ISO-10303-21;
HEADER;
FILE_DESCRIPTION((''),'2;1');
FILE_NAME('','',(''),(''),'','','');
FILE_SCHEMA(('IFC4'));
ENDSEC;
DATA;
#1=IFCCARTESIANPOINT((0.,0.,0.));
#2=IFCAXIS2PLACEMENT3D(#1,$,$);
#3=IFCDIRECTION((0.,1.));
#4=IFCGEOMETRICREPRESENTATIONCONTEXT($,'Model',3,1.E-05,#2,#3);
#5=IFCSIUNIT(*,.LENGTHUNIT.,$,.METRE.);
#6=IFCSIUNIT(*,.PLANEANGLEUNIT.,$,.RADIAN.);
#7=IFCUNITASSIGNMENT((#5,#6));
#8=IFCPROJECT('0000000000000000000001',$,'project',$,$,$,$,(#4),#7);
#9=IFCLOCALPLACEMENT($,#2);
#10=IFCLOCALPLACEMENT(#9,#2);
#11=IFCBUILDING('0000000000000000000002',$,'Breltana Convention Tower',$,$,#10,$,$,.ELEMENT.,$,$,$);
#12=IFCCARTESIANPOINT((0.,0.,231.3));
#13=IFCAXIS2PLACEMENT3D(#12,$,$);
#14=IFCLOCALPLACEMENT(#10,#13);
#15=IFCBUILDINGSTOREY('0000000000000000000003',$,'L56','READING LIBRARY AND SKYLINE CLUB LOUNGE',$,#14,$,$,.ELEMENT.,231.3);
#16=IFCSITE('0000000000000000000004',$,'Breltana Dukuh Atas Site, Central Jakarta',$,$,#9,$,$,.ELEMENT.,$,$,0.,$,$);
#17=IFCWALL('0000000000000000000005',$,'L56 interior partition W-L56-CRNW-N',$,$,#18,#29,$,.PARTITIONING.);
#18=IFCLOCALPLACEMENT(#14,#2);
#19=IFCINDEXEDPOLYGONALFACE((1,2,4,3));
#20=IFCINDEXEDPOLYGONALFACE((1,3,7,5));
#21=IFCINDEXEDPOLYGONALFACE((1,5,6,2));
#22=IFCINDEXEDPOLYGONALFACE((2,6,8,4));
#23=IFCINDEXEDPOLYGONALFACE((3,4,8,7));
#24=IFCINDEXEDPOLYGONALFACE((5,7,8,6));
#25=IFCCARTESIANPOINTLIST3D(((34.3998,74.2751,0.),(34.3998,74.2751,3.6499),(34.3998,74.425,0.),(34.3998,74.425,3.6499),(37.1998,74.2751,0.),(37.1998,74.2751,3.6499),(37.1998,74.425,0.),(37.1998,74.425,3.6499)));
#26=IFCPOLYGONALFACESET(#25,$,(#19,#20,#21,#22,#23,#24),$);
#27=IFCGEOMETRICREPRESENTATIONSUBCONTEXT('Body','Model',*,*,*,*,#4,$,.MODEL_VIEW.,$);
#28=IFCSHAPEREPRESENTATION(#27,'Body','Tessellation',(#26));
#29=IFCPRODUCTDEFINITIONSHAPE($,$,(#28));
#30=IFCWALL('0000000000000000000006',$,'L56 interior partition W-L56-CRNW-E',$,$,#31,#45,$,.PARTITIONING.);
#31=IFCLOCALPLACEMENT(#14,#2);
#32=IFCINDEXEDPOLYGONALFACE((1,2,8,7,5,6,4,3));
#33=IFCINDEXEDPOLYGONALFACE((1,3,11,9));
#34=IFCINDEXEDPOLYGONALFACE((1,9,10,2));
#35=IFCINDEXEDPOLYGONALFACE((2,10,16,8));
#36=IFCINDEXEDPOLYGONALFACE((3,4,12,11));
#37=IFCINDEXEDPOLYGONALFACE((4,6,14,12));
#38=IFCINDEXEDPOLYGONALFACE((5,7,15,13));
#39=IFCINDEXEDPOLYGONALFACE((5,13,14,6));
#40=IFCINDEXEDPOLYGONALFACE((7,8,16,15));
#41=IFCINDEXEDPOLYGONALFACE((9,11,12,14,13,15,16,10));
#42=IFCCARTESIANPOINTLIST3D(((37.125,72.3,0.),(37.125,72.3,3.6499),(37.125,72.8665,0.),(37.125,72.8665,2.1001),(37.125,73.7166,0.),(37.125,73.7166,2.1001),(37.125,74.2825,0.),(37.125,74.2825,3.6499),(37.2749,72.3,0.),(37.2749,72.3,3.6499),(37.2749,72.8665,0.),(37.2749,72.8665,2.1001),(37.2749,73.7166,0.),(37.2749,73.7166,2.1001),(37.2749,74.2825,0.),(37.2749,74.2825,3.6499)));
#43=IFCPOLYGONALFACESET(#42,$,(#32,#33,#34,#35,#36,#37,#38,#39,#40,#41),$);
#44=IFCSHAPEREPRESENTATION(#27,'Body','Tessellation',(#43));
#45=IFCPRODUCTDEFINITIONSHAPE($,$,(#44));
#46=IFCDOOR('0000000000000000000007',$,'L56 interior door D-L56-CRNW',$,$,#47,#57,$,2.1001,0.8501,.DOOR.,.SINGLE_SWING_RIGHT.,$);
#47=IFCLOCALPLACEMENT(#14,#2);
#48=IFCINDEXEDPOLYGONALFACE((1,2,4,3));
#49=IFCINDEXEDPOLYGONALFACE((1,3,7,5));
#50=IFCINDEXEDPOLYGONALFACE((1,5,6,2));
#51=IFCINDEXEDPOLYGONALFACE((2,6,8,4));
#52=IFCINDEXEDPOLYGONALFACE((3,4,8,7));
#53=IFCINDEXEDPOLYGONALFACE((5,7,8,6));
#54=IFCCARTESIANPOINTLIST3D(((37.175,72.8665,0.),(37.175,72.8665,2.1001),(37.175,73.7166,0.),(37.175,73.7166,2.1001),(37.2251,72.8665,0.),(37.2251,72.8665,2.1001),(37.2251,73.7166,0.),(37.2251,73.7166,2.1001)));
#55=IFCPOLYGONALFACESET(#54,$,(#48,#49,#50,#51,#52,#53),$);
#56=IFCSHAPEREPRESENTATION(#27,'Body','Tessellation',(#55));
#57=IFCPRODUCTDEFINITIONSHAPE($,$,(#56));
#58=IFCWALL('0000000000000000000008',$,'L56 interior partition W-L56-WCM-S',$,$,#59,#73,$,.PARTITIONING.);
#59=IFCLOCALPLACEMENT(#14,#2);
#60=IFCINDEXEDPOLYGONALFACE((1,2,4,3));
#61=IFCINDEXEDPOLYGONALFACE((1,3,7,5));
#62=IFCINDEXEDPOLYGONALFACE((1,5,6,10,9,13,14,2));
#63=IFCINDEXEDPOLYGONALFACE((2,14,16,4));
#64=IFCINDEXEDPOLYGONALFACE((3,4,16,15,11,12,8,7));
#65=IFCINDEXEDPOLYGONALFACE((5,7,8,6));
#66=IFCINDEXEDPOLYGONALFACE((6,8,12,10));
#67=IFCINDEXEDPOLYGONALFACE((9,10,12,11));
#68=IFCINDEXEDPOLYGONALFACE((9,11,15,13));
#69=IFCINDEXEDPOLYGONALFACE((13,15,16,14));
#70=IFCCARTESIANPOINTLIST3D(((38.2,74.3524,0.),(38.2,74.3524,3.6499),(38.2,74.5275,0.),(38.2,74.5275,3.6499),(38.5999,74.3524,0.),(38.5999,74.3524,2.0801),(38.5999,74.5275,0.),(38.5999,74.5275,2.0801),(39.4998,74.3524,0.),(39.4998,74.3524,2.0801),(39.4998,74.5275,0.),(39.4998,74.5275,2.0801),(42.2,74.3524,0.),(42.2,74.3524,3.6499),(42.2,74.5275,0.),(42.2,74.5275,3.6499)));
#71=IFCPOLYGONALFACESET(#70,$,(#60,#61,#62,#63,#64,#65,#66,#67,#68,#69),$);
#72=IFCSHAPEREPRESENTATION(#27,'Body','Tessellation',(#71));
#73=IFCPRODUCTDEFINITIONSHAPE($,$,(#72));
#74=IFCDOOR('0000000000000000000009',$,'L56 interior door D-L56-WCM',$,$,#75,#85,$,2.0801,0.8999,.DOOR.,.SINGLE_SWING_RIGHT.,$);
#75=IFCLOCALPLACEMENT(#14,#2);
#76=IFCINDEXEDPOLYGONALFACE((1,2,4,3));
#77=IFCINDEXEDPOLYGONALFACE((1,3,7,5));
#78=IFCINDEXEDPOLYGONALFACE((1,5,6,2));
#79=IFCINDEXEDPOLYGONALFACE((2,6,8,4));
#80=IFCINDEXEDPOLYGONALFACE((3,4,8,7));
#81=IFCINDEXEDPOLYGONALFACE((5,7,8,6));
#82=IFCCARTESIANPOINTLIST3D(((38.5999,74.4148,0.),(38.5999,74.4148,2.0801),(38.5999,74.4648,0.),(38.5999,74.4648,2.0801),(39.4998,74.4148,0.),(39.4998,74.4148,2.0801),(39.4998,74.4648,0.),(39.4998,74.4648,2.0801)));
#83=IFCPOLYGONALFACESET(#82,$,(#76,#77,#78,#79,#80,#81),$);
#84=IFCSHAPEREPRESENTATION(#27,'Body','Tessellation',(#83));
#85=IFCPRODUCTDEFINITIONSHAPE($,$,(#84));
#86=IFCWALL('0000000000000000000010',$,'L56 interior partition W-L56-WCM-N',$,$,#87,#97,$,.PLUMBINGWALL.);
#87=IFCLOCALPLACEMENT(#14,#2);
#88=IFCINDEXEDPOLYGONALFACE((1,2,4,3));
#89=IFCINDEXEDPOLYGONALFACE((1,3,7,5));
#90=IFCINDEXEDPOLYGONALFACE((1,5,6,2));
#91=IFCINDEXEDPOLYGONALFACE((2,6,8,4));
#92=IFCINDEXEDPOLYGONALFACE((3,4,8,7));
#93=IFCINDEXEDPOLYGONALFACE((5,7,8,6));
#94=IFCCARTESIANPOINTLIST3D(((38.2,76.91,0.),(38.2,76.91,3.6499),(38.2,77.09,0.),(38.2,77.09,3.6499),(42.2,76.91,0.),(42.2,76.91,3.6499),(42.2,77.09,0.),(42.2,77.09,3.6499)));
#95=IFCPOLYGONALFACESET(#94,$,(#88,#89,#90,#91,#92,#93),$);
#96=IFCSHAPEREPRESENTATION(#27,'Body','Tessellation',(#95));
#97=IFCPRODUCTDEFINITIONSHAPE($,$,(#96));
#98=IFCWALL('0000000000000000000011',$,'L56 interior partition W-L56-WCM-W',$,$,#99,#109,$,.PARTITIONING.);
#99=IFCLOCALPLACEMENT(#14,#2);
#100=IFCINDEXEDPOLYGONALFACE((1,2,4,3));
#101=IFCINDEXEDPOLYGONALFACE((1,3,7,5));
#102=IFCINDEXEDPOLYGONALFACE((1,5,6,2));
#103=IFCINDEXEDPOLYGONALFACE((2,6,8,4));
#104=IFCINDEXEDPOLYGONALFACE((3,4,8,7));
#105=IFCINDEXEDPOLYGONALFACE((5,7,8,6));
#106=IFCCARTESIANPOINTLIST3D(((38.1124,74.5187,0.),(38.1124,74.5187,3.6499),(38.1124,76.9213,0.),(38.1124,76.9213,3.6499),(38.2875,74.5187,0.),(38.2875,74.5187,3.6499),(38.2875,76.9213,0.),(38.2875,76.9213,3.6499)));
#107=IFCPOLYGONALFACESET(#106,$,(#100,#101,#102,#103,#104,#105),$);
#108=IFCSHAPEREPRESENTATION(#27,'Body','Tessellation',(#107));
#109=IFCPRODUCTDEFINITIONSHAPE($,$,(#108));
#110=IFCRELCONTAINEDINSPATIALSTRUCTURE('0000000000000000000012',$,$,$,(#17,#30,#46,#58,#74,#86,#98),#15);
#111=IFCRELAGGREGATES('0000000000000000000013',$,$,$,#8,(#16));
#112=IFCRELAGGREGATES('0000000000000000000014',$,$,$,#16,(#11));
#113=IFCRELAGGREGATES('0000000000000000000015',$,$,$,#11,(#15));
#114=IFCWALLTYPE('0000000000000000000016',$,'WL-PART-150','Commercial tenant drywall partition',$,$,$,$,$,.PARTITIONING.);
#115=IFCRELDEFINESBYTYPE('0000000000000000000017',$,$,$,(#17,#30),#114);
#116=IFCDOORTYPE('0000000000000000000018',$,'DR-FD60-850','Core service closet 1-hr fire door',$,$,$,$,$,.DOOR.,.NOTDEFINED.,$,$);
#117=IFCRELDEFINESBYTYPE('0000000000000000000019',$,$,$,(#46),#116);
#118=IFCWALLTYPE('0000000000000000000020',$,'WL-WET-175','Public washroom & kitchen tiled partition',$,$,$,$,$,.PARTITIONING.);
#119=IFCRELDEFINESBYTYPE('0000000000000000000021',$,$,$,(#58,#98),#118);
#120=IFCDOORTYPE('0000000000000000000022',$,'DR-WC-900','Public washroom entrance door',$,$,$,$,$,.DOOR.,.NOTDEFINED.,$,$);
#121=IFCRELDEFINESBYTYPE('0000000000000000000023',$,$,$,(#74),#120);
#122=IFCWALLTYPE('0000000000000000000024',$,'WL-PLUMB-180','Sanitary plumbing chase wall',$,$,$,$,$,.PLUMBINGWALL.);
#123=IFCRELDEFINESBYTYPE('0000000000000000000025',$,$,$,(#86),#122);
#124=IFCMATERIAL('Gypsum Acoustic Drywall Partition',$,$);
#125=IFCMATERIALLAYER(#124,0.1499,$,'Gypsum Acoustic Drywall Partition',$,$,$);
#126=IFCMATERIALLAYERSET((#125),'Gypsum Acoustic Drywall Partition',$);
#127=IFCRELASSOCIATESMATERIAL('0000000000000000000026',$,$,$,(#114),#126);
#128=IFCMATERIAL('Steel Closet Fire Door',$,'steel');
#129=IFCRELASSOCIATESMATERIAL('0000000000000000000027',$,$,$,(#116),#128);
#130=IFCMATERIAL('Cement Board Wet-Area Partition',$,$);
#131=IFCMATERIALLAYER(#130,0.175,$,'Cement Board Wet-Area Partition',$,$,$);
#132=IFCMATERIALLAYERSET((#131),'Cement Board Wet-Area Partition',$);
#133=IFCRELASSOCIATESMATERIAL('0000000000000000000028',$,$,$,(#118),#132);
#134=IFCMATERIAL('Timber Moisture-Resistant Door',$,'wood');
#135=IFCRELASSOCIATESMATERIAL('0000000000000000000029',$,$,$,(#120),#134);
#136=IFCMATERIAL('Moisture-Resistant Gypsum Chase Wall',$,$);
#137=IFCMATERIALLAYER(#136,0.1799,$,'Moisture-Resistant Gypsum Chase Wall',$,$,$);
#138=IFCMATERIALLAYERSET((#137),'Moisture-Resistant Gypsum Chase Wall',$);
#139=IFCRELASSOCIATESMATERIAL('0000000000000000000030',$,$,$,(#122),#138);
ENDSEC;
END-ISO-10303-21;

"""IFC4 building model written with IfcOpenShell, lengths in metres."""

from ifc_helpers import new_model, si_unit, direction, frame, frame_2d, origin, place, context, subcontext, project, spatial, rectangle, extrude, source, transform, mapped, material, layer, layer_set, type_object, type_shapes, element, fill, save


model = new_model("IFC4")

# Units and contexts
model_context = context("Model", 3, precision=1e-05, world=origin(), true_north=direction((0.0, 1.0)))
body_context = subcontext(model_context, "Body", "Model", "MODEL_VIEW")
ifc_project = project(units=[si_unit("LENGTHUNIT", "METRE"), si_unit("PLANEANGLEUNIT", "RADIAN")], contexts=[model_context])

# Site, building, storey
site_placement = place(None, origin())
site = spatial("IfcSite", under=ifc_project, at=site_placement, Name="Breltana Dukuh Atas Site, Central Jakarta", CompositionType="ELEMENT", RefElevation=0.0)
building_placement = place(site_placement, origin())
building = spatial("IfcBuilding", under=site, at=building_placement, Name="Breltana Convention Tower", CompositionType="ELEMENT")
storey_placement = place(building_placement, frame((0.0, 0.0, 231.3)))
storey = spatial("IfcBuildingStorey", under=building, at=storey_placement, Name="L56", Description="READING LIBRARY AND SKYLINE CLUB LOUNGE", CompositionType="ELEMENT", Elevation=231.3)

# Wall
ifc_material_1 = material(Name="Gypsum Acoustic Drywall Partition")
ifc_layer_1 = layer(ifc_material_1, 0.1499, Name="Gypsum Acoustic Drywall Partition")
ifc_layer_set_1 = layer_set([ifc_layer_1], Name="Gypsum Acoustic Drywall Partition")
wall_type_1 = type_object("IfcWallType", Name="WL-PART-150", Description="Commercial tenant drywall partition", PredefinedType="PARTITIONING", material=ifc_layer_set_1)
shared_shape_1 = source(origin(), body_context, "Body", "SweptSolid", [
    extrude(rectangle(XDim=2.8, YDim=0.1499, at=frame_2d((1.3999, 0.0))), origin(), (0.0, 0.0, 1.0), 3.6499),
])
wall_1_placement = place(storey_placement, frame((34.3999, 74.3501, 0.0), z_axis=(0.0, 0.0, 1.0), x_axis=(1.0, 0.0, 0.0)))
element("IfcWall", 1, at=wall_1_placement, inside=storey, type_object=wall_type_1, Name="L56 interior partition W-L56-CRNW-N", PredefinedType="PARTITIONING", context=body_context, shape_type="MappedRepresentation", body=[
    mapped(shared_shape_1, transform((0.0, 0.0, 0.0), scale=1.0)),
])

# Walls, openings, doors
shared_shape_2 = source(origin(), body_context, "Body", "SweptSolid", [
    extrude(rectangle(XDim=1.9824, YDim=0.1499, at=frame_2d((0.9912, 0.0))), origin(), (0.0, 0.0, 1.0), 3.6499),
])
wall_2_placement = place(storey_placement, frame((37.2, 72.3, 0.0), z_axis=(0.0, 0.0, 1.0), x_axis=(0.0, 1.0, 0.0)))
wall_2 = element("IfcWall", 2, at=wall_2_placement, inside=storey, type_object=wall_type_1, Name="L56 interior partition W-L56-CRNW-E", PredefinedType="PARTITIONING", context=body_context, shape_type="MappedRepresentation", body=[
    mapped(shared_shape_2, transform((0.0, 0.0, 0.0), scale=1.0)),
])
opening_1_placement = place(wall_2_placement, frame((0.5664, 0.0, 0.0)))
opening_1 = element("IfcOpeningElement", 3, at=opening_1_placement, cuts=wall_2, PredefinedType="OPENING", context=body_context, shape_type="SweptSolid", body=[
    extrude(rectangle(XDim=0.8501, YDim=2.1001, at=frame_2d((0.425, 1.05))), frame((0.0, 0.085, 0.0), z_axis=(0.0, -1.0, 0.0), x_axis=(1.0, 0.0, 0.0)), (0.0, 0.0, 1.0), 0.1699),
])
ifc_material_2 = material(Name="Steel Closet Fire Door", Category="steel")
door_type_1 = type_object("IfcDoorType", Name="DR-FD60-850", Description="Core service closet 1-hr fire door", OperationType="NOTDEFINED", PredefinedType="DOOR", material=ifc_material_2)
shared_shape_3 = source(origin(), body_context, "Body", "SweptSolid", [
    extrude(rectangle(XDim=0.8501, YDim=2.1001, at=frame_2d((0.425, 1.05))), frame((0.0, 0.0249, 0.0), z_axis=(0.0, -1.0, 0.0), x_axis=(1.0, 0.0, 0.0)), (0.0, 0.0, 1.0), 0.05),
])
type_shapes(door_type_1, [shared_shape_3])
door_1_placement = place(opening_1_placement, origin())
door_1 = element("IfcDoor", 4, at=door_1_placement, inside=storey, type_object=door_type_1, Name="L56 interior door D-L56-CRNW", OperationType="SINGLE_SWING_RIGHT", OverallHeight=2.1001, OverallWidth=0.8501, PredefinedType="DOOR", context=body_context, shape_type="MappedRepresentation", body=[
    mapped(shared_shape_3, transform((0.0, 0.0, 0.0), scale=1.0)),
])
fill(opening_1, door_1)
ifc_material_3 = material(Name="Cement Board Wet-Area Partition")
ifc_layer_2 = layer(ifc_material_3, 0.175, Name="Cement Board Wet-Area Partition")
ifc_layer_set_2 = layer_set([ifc_layer_2], Name="Cement Board Wet-Area Partition")
wall_type_2 = type_object("IfcWallType", Name="WL-WET-175", Description="Public washroom & kitchen tiled partition", PredefinedType="PARTITIONING", material=ifc_layer_set_2)
shared_shape_4 = source(origin(), body_context, "Body", "SweptSolid", [
    extrude(rectangle(XDim=4.0, YDim=0.175, at=frame_2d((2.0, 0.0))), origin(), (0.0, 0.0, 1.0), 3.6499),
])
wall_3_placement = place(storey_placement, frame((38.2, 74.4399, 0.0), z_axis=(0.0, 0.0, 1.0), x_axis=(1.0, 0.0, 0.0)))
wall_3 = element("IfcWall", 5, at=wall_3_placement, inside=storey, type_object=wall_type_2, Name="L56 interior partition W-L56-WCM-S", PredefinedType="PARTITIONING", context=body_context, shape_type="MappedRepresentation", body=[
    mapped(shared_shape_4, transform((0.0, 0.0, 0.0), scale=1.0)),
])
opening_2_placement = place(wall_3_placement, frame((0.3999, 0.0, 0.0)))
opening_2 = element("IfcOpeningElement", 6, at=opening_2_placement, cuts=wall_3, PredefinedType="OPENING", context=body_context, shape_type="SweptSolid", body=[
    extrude(rectangle(XDim=0.8999, YDim=2.0801, at=frame_2d((0.45, 1.04))), frame((0.0, 0.0977, 0.0), z_axis=(0.0, -1.0, 0.0), x_axis=(1.0, 0.0, 0.0)), (0.0, 0.0, 1.0), 0.1951),
])
ifc_material_4 = material(Name="Timber Moisture-Resistant Door", Category="wood")
door_type_2 = type_object("IfcDoorType", Name="DR-WC-900", Description="Public washroom entrance door", OperationType="NOTDEFINED", PredefinedType="DOOR", material=ifc_material_4)
shared_shape_5 = source(origin(), body_context, "Body", "SweptSolid", [
    extrude(rectangle(XDim=0.8999, YDim=2.0801, at=frame_2d((0.45, 1.04))), frame((0.0, 0.0249, 0.0), z_axis=(0.0, -1.0, 0.0), x_axis=(1.0, 0.0, 0.0)), (0.0, 0.0, 1.0), 0.05),
])
type_shapes(door_type_2, [shared_shape_5])
door_2_placement = place(opening_2_placement, origin())
door_2 = element("IfcDoor", 7, at=door_2_placement, inside=storey, type_object=door_type_2, Name="L56 interior door D-L56-WCM", OperationType="SINGLE_SWING_RIGHT", OverallHeight=2.0801, OverallWidth=0.8999, PredefinedType="DOOR", context=body_context, shape_type="MappedRepresentation", body=[
    mapped(shared_shape_5, transform((0.0, 0.0, 0.0), scale=1.0)),
])
fill(opening_2, door_2)

# Walls
ifc_material_5 = material(Name="Moisture-Resistant Gypsum Chase Wall")
ifc_layer_3 = layer(ifc_material_5, 0.1799, Name="Moisture-Resistant Gypsum Chase Wall")
ifc_layer_set_3 = layer_set([ifc_layer_3], Name="Moisture-Resistant Gypsum Chase Wall")
wall_type_3 = type_object("IfcWallType", Name="WL-PLUMB-180", Description="Sanitary plumbing chase wall", PredefinedType="PLUMBINGWALL", material=ifc_layer_set_3)
shared_shape_6 = source(origin(), body_context, "Body", "SweptSolid", [
    extrude(rectangle(XDim=4.0, YDim=0.1799, at=frame_2d((2.0, 0.0))), origin(), (0.0, 0.0, 1.0), 3.6499),
])
wall_4_placement = place(storey_placement, frame((38.2, 77.0, 0.0), z_axis=(0.0, 0.0, 1.0), x_axis=(1.0, 0.0, 0.0)))
element("IfcWall", 8, at=wall_4_placement, inside=storey, type_object=wall_type_3, Name="L56 interior partition W-L56-WCM-N", PredefinedType="PLUMBINGWALL", context=body_context, shape_type="MappedRepresentation", body=[
    mapped(shared_shape_6, transform((0.0, 0.0, 0.0), scale=1.0)),
])
shared_shape_7 = source(origin(), body_context, "Body", "SweptSolid", [
    extrude(rectangle(XDim=2.4026, YDim=0.175, at=frame_2d((1.2012, 0.0))), origin(), (0.0, 0.0, 1.0), 3.6499),
])
wall_5_placement = place(storey_placement, frame((38.2, 74.5188, 0.0), z_axis=(0.0, 0.0, 1.0), x_axis=(0.0, 1.0, 0.0)))
element("IfcWall", 9, at=wall_5_placement, inside=storey, type_object=wall_type_2, Name="L56 interior partition W-L56-WCM-W", PredefinedType="PARTITIONING", context=body_context, shape_type="MappedRepresentation", body=[
    mapped(shared_shape_7, transform((0.0, 0.0, 0.0), scale=1.0)),
])

save(model, "model.ifc")
